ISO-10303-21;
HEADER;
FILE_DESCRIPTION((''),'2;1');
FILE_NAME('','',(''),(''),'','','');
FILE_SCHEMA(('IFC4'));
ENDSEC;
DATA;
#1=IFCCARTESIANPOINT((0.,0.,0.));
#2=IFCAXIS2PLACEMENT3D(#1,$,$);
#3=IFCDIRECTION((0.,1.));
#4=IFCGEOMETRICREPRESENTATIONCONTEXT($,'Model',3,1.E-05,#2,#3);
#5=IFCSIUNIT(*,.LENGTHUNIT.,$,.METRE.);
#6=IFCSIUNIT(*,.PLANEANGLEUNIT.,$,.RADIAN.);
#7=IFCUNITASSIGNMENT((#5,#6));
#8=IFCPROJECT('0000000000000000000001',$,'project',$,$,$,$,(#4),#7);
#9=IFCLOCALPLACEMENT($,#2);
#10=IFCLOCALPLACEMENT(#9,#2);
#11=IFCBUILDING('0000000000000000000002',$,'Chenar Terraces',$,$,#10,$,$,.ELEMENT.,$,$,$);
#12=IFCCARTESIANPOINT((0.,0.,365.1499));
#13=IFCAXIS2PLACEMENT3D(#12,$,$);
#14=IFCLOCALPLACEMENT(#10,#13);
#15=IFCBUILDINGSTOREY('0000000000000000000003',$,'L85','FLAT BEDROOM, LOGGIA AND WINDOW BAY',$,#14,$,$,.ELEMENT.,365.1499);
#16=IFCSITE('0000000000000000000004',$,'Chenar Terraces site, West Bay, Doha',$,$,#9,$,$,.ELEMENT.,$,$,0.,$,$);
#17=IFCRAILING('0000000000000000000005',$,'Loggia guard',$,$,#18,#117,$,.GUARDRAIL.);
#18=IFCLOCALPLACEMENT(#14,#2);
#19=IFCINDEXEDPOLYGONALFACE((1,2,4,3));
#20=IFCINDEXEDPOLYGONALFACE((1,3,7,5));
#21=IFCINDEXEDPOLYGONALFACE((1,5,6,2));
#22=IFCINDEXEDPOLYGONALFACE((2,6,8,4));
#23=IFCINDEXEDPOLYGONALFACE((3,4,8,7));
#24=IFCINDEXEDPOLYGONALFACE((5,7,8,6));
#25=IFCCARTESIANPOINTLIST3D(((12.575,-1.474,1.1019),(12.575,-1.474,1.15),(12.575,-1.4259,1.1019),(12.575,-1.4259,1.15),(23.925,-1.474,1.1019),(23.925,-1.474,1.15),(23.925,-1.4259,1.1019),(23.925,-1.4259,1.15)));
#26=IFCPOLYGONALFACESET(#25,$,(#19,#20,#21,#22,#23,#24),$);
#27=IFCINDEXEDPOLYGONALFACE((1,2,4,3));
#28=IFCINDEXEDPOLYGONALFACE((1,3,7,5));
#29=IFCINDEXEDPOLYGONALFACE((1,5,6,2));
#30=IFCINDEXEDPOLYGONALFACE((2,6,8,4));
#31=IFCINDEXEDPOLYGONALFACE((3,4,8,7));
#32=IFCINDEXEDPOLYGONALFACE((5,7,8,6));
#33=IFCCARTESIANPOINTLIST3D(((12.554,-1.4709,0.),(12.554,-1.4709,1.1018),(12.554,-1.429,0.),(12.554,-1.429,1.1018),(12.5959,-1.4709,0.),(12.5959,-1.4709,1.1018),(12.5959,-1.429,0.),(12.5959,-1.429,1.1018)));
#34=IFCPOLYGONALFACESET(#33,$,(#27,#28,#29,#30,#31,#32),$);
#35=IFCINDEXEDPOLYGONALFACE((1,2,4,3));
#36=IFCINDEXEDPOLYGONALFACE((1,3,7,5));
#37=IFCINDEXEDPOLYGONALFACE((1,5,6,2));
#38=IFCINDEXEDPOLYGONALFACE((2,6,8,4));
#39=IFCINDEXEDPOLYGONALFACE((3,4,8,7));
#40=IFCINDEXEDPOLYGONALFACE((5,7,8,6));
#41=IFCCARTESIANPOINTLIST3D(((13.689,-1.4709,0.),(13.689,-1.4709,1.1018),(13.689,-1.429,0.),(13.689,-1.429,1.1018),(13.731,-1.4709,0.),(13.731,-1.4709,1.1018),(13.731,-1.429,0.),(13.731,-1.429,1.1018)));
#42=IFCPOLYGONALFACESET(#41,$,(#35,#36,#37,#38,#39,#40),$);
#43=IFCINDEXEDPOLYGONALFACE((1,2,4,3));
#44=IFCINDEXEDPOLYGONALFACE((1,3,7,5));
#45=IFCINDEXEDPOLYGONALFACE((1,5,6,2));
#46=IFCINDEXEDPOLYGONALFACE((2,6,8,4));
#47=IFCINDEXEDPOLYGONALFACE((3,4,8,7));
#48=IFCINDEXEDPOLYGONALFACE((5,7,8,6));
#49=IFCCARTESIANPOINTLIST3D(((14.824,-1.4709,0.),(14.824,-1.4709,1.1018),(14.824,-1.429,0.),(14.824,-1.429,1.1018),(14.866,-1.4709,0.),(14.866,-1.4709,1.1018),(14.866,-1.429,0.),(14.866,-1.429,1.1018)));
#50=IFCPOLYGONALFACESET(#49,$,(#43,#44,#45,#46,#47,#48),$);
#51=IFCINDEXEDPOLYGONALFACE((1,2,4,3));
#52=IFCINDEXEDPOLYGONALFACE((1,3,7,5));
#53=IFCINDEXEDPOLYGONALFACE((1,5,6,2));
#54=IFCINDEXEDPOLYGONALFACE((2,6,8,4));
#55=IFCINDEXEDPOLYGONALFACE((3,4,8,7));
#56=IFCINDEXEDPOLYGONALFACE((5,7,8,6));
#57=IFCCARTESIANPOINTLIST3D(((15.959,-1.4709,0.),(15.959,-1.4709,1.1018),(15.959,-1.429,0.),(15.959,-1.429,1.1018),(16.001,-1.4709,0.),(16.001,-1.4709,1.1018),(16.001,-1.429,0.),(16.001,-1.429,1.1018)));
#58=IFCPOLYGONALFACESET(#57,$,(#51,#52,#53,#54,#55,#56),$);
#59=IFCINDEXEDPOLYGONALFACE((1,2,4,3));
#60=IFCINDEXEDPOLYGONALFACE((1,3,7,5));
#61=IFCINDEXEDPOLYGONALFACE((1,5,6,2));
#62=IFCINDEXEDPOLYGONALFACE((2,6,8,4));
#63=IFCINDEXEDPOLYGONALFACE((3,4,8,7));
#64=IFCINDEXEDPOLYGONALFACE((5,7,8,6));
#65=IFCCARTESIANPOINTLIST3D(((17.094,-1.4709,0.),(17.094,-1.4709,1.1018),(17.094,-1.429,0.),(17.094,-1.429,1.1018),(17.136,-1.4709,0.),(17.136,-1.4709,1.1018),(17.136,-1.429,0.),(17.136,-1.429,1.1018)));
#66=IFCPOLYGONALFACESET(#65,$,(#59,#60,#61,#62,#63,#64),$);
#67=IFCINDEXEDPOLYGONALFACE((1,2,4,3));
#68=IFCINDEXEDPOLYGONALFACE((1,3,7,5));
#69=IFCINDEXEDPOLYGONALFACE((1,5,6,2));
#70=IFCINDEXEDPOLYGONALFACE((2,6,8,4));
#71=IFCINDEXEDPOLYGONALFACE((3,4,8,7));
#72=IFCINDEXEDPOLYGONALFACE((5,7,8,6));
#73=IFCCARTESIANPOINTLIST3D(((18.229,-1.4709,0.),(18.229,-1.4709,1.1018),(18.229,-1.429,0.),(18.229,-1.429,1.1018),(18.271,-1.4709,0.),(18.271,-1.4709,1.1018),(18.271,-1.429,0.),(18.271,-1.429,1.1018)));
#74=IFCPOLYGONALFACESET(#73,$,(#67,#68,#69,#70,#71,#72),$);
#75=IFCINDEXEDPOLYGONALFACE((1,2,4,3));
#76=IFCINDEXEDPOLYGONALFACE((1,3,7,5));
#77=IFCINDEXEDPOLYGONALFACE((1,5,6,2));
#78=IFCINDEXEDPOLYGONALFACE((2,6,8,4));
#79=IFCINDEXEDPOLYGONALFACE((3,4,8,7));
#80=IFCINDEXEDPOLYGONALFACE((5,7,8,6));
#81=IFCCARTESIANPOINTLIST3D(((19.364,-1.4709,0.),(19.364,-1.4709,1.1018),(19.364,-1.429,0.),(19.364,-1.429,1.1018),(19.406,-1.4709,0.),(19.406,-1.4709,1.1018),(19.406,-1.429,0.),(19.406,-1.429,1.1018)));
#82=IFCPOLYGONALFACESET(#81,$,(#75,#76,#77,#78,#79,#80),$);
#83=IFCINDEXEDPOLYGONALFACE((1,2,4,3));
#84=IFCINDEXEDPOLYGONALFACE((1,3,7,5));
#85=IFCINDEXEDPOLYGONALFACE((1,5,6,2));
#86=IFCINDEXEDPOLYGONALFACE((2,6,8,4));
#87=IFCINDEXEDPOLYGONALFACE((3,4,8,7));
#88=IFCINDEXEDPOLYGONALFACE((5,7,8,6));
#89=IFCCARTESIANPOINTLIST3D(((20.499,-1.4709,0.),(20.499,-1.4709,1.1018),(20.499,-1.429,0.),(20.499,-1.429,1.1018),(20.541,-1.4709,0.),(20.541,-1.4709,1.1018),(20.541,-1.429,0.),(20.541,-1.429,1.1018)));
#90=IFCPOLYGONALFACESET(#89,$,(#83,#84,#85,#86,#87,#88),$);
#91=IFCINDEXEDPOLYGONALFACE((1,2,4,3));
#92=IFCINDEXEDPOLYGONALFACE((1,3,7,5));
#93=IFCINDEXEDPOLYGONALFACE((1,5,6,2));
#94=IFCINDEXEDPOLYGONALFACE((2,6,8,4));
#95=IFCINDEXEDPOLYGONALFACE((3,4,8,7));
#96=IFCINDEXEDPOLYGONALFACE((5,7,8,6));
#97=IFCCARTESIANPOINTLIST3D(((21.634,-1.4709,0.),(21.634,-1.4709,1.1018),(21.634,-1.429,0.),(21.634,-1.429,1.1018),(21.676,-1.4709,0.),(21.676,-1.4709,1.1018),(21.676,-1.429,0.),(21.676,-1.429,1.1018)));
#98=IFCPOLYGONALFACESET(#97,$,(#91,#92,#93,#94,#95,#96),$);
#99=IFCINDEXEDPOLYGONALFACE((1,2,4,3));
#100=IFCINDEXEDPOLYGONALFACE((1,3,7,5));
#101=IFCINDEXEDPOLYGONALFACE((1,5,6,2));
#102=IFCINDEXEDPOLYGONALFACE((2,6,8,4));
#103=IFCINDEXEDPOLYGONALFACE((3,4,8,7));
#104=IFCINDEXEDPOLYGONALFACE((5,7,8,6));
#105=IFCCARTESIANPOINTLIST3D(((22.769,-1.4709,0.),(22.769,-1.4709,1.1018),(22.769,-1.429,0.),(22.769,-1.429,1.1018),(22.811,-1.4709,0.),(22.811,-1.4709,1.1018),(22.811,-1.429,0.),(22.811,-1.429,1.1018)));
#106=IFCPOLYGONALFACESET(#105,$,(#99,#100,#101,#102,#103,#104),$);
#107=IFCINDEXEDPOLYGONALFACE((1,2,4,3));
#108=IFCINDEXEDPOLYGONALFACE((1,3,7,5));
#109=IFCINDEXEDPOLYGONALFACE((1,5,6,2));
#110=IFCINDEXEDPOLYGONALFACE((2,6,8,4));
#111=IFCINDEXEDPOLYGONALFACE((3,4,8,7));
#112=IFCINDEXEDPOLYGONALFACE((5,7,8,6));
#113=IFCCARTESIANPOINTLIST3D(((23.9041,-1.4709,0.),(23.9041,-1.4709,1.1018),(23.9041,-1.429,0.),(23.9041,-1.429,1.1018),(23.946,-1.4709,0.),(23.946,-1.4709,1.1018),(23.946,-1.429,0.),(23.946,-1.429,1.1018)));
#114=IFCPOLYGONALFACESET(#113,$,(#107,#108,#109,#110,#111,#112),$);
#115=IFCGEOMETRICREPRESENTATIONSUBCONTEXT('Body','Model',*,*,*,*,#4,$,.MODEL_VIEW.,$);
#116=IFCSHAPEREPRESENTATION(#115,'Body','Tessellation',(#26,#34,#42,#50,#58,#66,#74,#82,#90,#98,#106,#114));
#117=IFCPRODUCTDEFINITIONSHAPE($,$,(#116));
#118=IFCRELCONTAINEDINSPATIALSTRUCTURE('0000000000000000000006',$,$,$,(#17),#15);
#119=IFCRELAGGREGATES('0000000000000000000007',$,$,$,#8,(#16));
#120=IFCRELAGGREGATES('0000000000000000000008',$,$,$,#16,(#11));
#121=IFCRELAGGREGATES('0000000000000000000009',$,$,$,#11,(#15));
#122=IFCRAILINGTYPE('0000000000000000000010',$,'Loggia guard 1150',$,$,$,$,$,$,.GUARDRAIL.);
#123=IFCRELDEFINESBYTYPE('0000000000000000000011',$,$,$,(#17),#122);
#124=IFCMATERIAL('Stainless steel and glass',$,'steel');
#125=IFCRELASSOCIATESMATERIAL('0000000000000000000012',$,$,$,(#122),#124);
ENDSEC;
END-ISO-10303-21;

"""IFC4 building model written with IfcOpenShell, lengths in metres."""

from ifc_helpers import new_model, si_unit, direction, frame, origin, origin_2d, place, context, subcontext, project, spatial, rectangle, extrude, material, type_object, element, save


model = new_model("IFC4")

# Units and contexts
model_context = context("Model", 3, precision=1e-05, world=origin(), true_north=direction((0.0, 1.0)))
body_context = subcontext(model_context, "Body", "Model", "MODEL_VIEW")
ifc_project = project(units=[si_unit("LENGTHUNIT", "METRE"), si_unit("PLANEANGLEUNIT", "RADIAN")], contexts=[model_context])

# Site, building, storey
site_placement = place(None, origin())
site = spatial("IfcSite", under=ifc_project, at=site_placement, Name="Chenar Terraces site, West Bay, Doha", CompositionType="ELEMENT", RefElevation=0.0)
building_placement = place(site_placement, origin())
building = spatial("IfcBuilding", under=site, at=building_placement, Name="Chenar Terraces", CompositionType="ELEMENT")
storey_placement = place(building_placement, frame((0.0, 0.0, 365.1499)))
storey = spatial("IfcBuildingStorey", under=building, at=storey_placement, Name="L85", Description="FLAT BEDROOM, LOGGIA AND WINDOW BAY", CompositionType="ELEMENT", Elevation=365.1499)

# Railing
ifc_material_1 = material(Name="Stainless steel and glass", Category="steel")
railing_type = type_object("IfcRailingType", Name="Loggia guard 1150", PredefinedType="GUARDRAIL", material=ifc_material_1)
railing_placement = place(storey_placement, frame((12.575, -1.45, 0.0)))
element("IfcRailing", 1, at=railing_placement, inside=storey, type_object=railing_type, Name="Loggia guard", PredefinedType="GUARDRAIL", context=body_context, shape_type="SweptSolid", body=[
    extrude(rectangle(XDim=0.0481, YDim=0.0481, at=origin_2d()), frame((0.0, 0.0, 1.126), z_axis=(1.0, 0.0, 0.0), x_axis=(0.0, 1.0, 0.0)), (0.0, 0.0, 1.0), 11.3501),
    extrude(rectangle(XDim=0.042, YDim=0.042, at=origin_2d()), origin(), (0.0, 0.0, 1.0), 1.1018),
    extrude(rectangle(XDim=0.042, YDim=0.042, at=origin_2d()), frame((1.135, 0.0, 0.0)), (0.0, 0.0, 1.0), 1.1018),
    extrude(rectangle(XDim=0.042, YDim=0.042, at=origin_2d()), frame((2.27, 0.0, 0.0)), (0.0, 0.0, 1.0), 1.1018),
    extrude(rectangle(XDim=0.042, YDim=0.042, at=origin_2d()), frame((3.405, 0.0, 0.0)), (0.0, 0.0, 1.0), 1.1018),
    extrude(rectangle(XDim=0.042, YDim=0.042, at=origin_2d()), frame((4.54, 0.0, 0.0)), (0.0, 0.0, 1.0), 1.1018),
    extrude(rectangle(XDim=0.042, YDim=0.042, at=origin_2d()), frame((5.675, 0.0, 0.0)), (0.0, 0.0, 1.0), 1.1018),
    extrude(rectangle(XDim=0.042, YDim=0.042, at=origin_2d()), frame((6.8101, 0.0, 0.0)), (0.0, 0.0, 1.0), 1.1018),
    extrude(rectangle(XDim=0.042, YDim=0.042, at=origin_2d()), frame((7.9451, 0.0, 0.0)), (0.0, 0.0, 1.0), 1.1018),
    extrude(rectangle(XDim=0.042, YDim=0.042, at=origin_2d()), frame((9.0801, 0.0, 0.0)), (0.0, 0.0, 1.0), 1.1018),
    extrude(rectangle(XDim=0.042, YDim=0.042, at=origin_2d()), frame((10.2151, 0.0, 0.0)), (0.0, 0.0, 1.0), 1.1018),
    extrude(rectangle(XDim=0.042, YDim=0.042, at=origin_2d()), frame((11.3501, 0.0, 0.0)), (0.0, 0.0, 1.0), 1.1018),
])

save(model, "model.ifc")
